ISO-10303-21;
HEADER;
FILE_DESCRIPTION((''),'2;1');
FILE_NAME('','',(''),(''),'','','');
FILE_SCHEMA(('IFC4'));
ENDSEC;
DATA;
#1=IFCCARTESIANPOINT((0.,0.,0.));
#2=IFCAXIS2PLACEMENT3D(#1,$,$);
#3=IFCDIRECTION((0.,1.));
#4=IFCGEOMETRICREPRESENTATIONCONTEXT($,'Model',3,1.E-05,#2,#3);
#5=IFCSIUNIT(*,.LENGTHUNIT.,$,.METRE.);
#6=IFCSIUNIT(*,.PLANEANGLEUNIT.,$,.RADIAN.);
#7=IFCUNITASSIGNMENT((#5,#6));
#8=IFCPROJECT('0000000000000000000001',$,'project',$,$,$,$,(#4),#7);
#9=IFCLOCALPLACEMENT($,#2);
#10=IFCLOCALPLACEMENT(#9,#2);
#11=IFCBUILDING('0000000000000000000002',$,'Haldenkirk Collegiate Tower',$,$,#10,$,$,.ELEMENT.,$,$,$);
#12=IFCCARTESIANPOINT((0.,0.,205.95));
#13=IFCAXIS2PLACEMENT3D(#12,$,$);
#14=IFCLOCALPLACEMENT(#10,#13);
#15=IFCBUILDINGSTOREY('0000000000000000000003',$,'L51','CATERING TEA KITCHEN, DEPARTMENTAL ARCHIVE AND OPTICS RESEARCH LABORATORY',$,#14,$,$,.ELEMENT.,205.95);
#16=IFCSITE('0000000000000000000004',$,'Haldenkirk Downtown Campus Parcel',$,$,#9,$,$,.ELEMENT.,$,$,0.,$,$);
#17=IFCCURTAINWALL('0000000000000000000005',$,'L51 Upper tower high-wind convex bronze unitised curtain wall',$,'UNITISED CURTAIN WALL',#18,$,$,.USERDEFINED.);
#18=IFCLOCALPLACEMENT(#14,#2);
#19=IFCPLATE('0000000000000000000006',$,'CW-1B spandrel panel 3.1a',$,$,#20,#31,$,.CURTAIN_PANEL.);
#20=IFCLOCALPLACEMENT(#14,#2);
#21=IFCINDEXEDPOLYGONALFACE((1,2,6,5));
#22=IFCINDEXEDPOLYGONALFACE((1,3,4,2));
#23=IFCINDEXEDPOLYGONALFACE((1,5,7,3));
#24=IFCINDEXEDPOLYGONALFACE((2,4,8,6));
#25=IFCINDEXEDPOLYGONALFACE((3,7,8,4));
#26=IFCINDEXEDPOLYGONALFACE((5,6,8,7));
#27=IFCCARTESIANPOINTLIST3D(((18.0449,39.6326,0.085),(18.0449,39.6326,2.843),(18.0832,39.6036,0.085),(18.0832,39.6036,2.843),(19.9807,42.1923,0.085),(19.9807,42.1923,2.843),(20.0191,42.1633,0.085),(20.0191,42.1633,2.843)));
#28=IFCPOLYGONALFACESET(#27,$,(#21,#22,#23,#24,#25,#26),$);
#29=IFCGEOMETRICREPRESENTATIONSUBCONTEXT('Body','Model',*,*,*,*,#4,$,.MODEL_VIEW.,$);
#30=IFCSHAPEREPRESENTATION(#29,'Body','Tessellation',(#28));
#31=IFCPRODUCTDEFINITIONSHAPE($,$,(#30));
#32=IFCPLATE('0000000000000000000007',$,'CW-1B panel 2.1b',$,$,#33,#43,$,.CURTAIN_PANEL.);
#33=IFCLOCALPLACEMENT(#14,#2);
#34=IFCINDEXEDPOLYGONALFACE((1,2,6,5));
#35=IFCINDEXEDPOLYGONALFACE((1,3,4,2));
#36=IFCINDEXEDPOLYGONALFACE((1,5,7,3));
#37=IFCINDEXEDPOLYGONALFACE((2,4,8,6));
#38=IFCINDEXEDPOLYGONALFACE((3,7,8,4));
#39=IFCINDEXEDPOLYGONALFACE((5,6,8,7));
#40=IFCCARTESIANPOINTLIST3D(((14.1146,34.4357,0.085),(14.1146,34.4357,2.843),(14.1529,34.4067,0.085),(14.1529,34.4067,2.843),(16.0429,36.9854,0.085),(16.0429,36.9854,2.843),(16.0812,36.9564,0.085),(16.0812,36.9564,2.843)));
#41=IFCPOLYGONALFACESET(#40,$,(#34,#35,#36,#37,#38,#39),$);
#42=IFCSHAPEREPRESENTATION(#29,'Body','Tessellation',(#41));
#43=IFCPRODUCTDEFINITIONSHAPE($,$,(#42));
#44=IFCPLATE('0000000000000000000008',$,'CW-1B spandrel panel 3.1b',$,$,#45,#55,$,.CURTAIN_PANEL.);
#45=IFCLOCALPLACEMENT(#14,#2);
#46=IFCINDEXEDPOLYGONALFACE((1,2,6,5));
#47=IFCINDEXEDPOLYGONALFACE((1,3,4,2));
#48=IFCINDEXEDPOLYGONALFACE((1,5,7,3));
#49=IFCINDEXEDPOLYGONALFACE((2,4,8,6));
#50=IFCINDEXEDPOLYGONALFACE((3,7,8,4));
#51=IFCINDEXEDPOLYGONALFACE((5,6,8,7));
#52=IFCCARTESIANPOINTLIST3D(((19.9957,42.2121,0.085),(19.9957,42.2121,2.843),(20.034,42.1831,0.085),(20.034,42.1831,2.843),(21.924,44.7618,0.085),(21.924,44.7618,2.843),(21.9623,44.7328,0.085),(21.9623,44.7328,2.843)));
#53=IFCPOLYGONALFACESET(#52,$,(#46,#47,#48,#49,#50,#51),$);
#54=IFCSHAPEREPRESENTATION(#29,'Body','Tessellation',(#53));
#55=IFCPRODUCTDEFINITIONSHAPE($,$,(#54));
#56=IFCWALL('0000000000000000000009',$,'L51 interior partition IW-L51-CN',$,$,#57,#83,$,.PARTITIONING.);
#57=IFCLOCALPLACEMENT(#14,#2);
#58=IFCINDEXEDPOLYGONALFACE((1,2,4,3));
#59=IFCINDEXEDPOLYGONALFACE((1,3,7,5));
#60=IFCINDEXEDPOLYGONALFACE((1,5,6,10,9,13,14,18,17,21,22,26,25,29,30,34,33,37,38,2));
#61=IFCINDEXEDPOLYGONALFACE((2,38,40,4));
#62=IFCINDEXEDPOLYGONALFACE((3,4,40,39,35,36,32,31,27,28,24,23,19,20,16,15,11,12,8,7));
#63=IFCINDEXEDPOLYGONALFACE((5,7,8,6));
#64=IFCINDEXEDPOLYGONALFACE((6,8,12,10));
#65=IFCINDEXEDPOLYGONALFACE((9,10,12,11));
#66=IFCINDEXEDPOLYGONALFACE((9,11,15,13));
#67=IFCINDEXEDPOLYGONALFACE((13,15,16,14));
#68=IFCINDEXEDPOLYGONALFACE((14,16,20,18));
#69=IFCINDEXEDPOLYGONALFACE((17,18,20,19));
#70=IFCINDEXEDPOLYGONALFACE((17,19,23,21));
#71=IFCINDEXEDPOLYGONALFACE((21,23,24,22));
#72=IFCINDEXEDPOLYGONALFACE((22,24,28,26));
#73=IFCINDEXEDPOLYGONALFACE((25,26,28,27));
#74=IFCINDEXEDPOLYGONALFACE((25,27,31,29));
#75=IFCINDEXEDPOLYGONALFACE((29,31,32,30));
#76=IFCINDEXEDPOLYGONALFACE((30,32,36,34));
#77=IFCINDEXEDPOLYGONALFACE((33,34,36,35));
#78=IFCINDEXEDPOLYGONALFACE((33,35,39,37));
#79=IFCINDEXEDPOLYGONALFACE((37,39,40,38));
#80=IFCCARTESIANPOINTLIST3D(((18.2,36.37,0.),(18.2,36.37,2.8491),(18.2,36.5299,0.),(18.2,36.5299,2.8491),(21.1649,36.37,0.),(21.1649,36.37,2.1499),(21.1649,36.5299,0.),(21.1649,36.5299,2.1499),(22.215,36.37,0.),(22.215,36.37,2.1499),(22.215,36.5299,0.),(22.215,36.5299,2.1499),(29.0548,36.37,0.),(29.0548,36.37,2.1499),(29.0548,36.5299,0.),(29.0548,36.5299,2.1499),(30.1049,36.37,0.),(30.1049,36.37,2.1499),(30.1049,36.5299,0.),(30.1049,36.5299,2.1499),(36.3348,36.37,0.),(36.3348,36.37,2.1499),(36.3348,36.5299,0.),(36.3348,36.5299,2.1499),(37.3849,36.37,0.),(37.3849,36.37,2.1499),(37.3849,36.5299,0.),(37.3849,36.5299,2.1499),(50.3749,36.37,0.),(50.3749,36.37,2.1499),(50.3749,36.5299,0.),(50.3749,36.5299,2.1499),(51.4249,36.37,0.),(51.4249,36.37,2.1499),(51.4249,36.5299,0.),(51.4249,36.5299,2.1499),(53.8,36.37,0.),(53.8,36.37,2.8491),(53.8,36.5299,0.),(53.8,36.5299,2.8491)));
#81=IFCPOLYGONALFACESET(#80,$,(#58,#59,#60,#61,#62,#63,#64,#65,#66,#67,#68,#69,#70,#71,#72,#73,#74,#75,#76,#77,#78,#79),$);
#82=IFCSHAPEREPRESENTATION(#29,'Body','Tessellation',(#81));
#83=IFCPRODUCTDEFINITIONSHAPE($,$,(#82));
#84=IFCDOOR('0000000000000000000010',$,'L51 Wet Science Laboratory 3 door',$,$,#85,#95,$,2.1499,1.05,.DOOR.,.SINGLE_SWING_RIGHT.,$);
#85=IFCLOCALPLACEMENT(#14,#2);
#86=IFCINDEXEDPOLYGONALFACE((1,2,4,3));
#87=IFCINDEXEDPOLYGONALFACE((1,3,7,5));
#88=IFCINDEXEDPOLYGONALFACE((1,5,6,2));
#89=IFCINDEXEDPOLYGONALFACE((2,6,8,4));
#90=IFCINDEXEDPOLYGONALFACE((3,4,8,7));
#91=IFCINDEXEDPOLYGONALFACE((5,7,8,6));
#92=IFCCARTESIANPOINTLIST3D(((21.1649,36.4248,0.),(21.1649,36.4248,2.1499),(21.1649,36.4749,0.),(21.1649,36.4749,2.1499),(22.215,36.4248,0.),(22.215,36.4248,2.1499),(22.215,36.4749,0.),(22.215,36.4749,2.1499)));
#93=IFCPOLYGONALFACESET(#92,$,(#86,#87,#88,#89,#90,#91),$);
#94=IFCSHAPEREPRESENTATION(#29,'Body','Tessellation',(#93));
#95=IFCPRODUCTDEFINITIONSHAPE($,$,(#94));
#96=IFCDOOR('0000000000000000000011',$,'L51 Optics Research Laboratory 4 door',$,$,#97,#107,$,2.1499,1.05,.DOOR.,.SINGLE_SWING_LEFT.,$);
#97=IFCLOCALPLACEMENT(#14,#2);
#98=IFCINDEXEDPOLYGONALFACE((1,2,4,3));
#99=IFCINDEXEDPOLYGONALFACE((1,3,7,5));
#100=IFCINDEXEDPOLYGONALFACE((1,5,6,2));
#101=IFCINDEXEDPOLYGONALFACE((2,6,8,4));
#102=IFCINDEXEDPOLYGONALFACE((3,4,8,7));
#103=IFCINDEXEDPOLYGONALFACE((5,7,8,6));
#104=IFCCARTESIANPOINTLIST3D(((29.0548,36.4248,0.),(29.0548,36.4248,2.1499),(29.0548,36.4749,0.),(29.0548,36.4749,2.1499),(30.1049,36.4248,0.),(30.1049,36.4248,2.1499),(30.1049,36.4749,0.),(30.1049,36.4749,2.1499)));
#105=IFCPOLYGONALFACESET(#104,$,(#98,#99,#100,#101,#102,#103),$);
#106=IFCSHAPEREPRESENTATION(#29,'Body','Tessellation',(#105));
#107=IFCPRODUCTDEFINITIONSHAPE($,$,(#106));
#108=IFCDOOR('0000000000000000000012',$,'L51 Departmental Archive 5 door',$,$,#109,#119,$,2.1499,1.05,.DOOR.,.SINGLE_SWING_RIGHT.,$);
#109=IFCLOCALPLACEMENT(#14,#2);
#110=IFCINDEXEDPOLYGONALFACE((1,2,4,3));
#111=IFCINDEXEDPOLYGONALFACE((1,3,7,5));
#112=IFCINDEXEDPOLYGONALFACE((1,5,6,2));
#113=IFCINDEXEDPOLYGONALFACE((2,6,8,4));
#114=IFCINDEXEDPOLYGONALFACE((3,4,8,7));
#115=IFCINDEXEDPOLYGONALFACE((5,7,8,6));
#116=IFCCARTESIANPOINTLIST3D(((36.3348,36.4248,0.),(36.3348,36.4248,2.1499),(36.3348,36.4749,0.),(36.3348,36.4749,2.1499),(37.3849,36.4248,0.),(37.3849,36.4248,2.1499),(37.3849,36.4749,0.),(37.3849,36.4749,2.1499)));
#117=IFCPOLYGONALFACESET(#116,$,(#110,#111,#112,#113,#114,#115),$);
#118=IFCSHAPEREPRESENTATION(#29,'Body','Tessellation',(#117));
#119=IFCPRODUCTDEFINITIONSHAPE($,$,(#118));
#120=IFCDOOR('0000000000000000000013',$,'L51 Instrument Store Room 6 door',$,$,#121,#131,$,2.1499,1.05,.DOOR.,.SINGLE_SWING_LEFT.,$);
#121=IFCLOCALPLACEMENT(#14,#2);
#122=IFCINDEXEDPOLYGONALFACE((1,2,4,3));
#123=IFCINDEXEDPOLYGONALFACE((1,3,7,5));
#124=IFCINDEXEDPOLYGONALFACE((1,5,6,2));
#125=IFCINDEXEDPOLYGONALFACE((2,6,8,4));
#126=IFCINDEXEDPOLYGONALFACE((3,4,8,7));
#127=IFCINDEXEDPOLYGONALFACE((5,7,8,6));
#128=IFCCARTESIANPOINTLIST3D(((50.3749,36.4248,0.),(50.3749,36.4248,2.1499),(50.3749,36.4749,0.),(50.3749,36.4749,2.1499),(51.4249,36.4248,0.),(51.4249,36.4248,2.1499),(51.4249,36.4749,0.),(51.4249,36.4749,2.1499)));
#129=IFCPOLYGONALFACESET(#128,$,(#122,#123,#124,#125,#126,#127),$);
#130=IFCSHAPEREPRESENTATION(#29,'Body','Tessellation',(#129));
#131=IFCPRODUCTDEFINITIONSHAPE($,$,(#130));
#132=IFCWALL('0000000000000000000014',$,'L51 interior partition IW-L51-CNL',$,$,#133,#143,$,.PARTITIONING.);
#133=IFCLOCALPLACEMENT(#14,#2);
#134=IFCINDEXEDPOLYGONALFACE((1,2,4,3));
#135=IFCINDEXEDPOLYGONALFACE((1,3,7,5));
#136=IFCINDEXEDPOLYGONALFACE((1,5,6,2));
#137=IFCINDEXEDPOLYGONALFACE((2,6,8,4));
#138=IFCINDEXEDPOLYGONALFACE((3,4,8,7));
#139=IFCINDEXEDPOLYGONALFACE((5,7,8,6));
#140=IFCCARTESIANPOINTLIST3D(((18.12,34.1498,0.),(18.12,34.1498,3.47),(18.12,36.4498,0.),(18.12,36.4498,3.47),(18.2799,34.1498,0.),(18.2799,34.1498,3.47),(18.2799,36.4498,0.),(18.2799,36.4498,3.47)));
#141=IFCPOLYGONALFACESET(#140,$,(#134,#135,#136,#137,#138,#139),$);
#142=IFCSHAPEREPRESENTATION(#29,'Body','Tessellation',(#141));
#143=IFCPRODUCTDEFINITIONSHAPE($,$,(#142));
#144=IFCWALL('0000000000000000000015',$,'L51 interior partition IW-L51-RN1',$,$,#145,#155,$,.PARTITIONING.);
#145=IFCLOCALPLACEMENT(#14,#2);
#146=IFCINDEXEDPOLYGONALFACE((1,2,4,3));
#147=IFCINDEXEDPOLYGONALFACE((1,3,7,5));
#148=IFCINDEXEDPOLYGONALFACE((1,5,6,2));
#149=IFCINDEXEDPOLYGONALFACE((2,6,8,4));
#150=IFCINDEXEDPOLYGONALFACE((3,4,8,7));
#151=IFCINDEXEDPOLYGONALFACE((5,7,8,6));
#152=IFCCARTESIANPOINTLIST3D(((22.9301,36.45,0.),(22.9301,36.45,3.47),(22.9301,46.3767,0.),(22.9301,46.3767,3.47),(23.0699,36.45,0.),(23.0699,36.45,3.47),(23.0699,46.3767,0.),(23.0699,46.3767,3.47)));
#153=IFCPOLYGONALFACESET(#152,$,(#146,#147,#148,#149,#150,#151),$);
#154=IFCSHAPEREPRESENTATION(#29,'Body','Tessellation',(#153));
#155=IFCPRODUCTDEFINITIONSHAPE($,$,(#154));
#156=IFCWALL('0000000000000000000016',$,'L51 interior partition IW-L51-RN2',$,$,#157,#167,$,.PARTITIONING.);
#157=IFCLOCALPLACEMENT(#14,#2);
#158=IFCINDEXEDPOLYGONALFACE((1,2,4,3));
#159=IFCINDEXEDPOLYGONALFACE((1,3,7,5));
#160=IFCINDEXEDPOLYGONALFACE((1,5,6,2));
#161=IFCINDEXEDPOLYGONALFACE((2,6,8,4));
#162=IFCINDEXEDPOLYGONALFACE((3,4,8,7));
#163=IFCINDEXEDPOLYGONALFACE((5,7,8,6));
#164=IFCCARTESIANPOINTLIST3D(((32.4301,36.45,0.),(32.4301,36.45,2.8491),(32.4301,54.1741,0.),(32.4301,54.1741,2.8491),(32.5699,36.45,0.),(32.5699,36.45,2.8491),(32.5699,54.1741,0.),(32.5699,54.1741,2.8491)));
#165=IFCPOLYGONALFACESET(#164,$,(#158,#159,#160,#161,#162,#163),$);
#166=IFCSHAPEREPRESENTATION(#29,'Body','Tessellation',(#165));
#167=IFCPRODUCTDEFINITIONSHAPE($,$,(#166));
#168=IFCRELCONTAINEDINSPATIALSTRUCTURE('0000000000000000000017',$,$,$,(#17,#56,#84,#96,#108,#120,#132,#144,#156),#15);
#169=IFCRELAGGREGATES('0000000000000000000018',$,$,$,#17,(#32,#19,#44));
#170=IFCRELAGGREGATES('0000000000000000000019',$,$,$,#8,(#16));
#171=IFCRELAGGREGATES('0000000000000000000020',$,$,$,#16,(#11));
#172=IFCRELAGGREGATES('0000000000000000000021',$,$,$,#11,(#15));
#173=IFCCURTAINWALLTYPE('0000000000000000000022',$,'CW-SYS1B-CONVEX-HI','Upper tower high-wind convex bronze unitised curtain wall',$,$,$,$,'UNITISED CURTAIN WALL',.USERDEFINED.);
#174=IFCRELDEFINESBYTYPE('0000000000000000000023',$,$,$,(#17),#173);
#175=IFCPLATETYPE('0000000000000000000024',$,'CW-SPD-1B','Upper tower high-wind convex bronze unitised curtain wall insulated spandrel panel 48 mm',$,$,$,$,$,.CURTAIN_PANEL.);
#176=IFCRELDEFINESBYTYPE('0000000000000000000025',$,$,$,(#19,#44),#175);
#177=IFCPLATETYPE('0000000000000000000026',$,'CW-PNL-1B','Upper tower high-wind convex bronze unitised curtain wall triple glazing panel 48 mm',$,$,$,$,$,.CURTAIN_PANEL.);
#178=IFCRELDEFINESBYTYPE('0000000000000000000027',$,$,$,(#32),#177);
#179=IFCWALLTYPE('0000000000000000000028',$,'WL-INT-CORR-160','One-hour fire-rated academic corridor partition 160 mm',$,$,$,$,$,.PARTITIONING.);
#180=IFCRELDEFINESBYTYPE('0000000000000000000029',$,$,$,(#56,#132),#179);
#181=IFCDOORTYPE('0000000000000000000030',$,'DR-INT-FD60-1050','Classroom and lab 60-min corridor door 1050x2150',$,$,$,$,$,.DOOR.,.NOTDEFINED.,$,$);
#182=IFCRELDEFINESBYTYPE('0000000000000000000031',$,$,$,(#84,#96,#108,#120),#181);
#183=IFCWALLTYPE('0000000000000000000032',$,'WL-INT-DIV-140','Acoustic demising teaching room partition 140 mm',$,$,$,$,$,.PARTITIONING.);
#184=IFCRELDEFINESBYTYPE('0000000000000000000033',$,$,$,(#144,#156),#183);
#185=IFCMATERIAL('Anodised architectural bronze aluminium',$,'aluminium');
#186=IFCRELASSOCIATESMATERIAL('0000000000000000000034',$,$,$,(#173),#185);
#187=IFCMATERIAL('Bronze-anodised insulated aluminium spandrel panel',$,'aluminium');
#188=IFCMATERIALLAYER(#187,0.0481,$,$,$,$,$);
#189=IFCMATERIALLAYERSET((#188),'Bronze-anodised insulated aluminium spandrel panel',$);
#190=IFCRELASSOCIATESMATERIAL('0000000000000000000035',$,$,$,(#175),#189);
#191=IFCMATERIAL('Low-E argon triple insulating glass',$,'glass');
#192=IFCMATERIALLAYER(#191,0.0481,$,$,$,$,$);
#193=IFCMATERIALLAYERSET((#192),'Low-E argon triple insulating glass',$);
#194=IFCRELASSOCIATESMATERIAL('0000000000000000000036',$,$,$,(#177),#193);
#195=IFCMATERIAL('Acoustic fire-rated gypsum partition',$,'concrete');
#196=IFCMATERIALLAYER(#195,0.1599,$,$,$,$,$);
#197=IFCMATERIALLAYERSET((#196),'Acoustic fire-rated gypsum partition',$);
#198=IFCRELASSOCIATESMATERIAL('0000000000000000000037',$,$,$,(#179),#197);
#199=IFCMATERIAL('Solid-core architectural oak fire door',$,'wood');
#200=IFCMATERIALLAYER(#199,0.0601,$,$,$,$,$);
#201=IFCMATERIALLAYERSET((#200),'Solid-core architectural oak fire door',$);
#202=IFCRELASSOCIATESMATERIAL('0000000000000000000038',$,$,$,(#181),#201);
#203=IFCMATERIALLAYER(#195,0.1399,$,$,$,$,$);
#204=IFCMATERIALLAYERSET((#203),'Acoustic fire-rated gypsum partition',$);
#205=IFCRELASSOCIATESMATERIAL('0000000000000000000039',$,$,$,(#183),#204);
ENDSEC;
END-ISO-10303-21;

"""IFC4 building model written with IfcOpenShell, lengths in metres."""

from ifc_helpers import new_model, si_unit, direction, frame, frame_2d, origin, origin_2d, place, context, subcontext, project, spatial, rectangle, extrude, source, transform, mapped, material, layer, layer_set, type_object, element, fill, aggregate, save


model = new_model("IFC4")

# Units and contexts
model_context = context("Model", 3, precision=1e-05, world=origin(), true_north=direction((0.0, 1.0)))
body_context = subcontext(model_context, "Body", "Model", "MODEL_VIEW")
ifc_project = project(units=[si_unit("LENGTHUNIT", "METRE"), si_unit("PLANEANGLEUNIT", "RADIAN")], contexts=[model_context])

# Site, building, storey
site_placement = place(None, origin())
site = spatial("IfcSite", under=ifc_project, at=site_placement, Name="Haldenkirk Downtown Campus Parcel", CompositionType="ELEMENT", RefElevation=0.0)
building_placement = place(site_placement, origin())
building = spatial("IfcBuilding", under=site, at=building_placement, Name="Haldenkirk Collegiate Tower", CompositionType="ELEMENT")
storey_placement = place(building_placement, frame((0.0, 0.0, 205.95)))
storey = spatial("IfcBuildingStorey", under=building, at=storey_placement, Name="L51", Description="CATERING TEA KITCHEN, DEPARTMENTAL ARCHIVE AND OPTICS RESEARCH LABORATORY", CompositionType="ELEMENT", Elevation=205.95)

# Curtain wall
ifc_material_1 = material(Name="Anodised architectural bronze aluminium", Category="aluminium")
curtain_wall_type = type_object("IfcCurtainWallType", Name="CW-SYS1B-CONVEX-HI", Description="Upper tower high-wind convex bronze unitised curtain wall", ElementType="UNITISED CURTAIN WALL", PredefinedType="USERDEFINED", material=ifc_material_1)
curtain_wall_placement = place(storey_placement, origin())
curtain_wall = element("IfcCurtainWall", 1, at=curtain_wall_placement, inside=storey, type_object=curtain_wall_type, Name="L51 Upper tower high-wind convex bronze unitised curtain wall", ObjectType="UNITISED CURTAIN WALL", PredefinedType="USERDEFINED")

# Plates
ifc_material_2 = material(Name="Bronze-anodised insulated aluminium spandrel panel", Category="aluminium")
ifc_layer_1 = layer(ifc_material_2, 0.0481)
ifc_layer_set_1 = layer_set([ifc_layer_1], Name="Bronze-anodised insulated aluminium spandrel panel")
plate_type_1 = type_object("IfcPlateType", Name="CW-SPD-1B", Description="Upper tower high-wind convex bronze unitised curtain wall insulated spandrel panel 48 mm", PredefinedType="CURTAIN_PANEL", material=ifc_layer_set_1)
shared_shape_1 = source(origin(), body_context, "Body", "SweptSolid", [
    extrude(rectangle(XDim=3.2092, YDim=0.0481, at=origin_2d()), origin(), (0.0, 0.0, 1.0), 2.7581),
])
plate_1_placement = place(storey_placement, frame((19.032, 40.8979, 0.085), z_axis=(0.0, 0.0, 1.0), x_axis=(0.603207, 0.797584, 0.0)))
plate_1 = element("IfcPlate", 2, at=plate_1_placement, type_object=plate_type_1, Name="CW-1B spandrel panel 3.1a", PredefinedType="CURTAIN_PANEL", context=body_context, shape_type="MappedRepresentation", body=[
    mapped(shared_shape_1, transform((0.0, 0.0, 0.0), x_axis=(1.0, 0.0, 0.0), y_axis=(0.0, 1.0, 0.0), z_axis=(0.0, 0.0, 1.0), scale=1.0)),
])
ifc_material_3 = material(Name="Low-E argon triple insulating glass", Category="glass")
ifc_layer_2 = layer(ifc_material_3, 0.0481)
ifc_layer_set_2 = layer_set([ifc_layer_2], Name="Low-E argon triple insulating glass")
plate_type_2 = type_object("IfcPlateType", Name="CW-PNL-1B", Description="Upper tower high-wind convex bronze unitised curtain wall triple glazing panel 48 mm", PredefinedType="CURTAIN_PANEL", material=ifc_layer_set_2)
shared_shape_2 = source(origin(), body_context, "Body", "SweptSolid", [
    extrude(rectangle(XDim=3.1968, YDim=0.0481, at=origin_2d()), origin(), (0.0, 0.0, 1.0), 2.7581),
])
plate_2_placement = place(storey_placement, frame((15.0979, 35.696, 0.085), z_axis=(0.0, 0.0, 1.0), x_axis=(0.603207, 0.797584, 0.0)))
plate_2 = element("IfcPlate", 3, at=plate_2_placement, type_object=plate_type_2, Name="CW-1B panel 2.1b", PredefinedType="CURTAIN_PANEL", context=body_context, shape_type="MappedRepresentation", body=[
    mapped(shared_shape_2, transform((0.0, 0.0, 0.0), x_axis=(1.0, 0.0, 0.0), y_axis=(0.0, 1.0, 0.0), z_axis=(0.0, 0.0, 1.0), scale=1.0)),
])
plate_3_placement = place(storey_placement, frame((20.979, 43.4724, 0.085), z_axis=(0.0, 0.0, 1.0), x_axis=(0.603207, 0.797584, 0.0)))
plate_3 = element("IfcPlate", 4, at=plate_3_placement, type_object=plate_type_1, Name="CW-1B spandrel panel 3.1b", PredefinedType="CURTAIN_PANEL", context=body_context, shape_type="MappedRepresentation", body=[
    mapped(shared_shape_2, transform((0.0, 0.0, 0.0), x_axis=(1.0, 0.0, 0.0), y_axis=(0.0, 1.0, 0.0), z_axis=(0.0, 0.0, 1.0), scale=1.0)),
])
aggregate(curtain_wall, [plate_2, plate_1, plate_3])

# Wall, openings, doors
ifc_material_4 = material(Name="Acoustic fire-rated gypsum partition", Category="concrete")
ifc_layer_3 = layer(ifc_material_4, 0.1599)
ifc_layer_set_3 = layer_set([ifc_layer_3], Name="Acoustic fire-rated gypsum partition")
wall_type_1 = type_object("IfcWallType", Name="WL-INT-CORR-160", Description="One-hour fire-rated academic corridor partition 160 mm", PredefinedType="PARTITIONING", material=ifc_layer_set_3)
wall_1_placement = place(storey_placement, frame((18.2, 36.45, 0.0), z_axis=(0.0, 0.0, 1.0), x_axis=(1.0, 0.0, 0.0)))
wall_1 = element("IfcWall", 5, at=wall_1_placement, inside=storey, type_object=wall_type_1, Name="L51 interior partition IW-L51-CN", PredefinedType="PARTITIONING", context=body_context, shape_type="SweptSolid", body=[
    extrude(rectangle(XDim=35.6001, YDim=0.1599, at=frame_2d((17.8, 0.0))), origin(), (0.0, 0.0, 1.0), 2.8491),
])
opening_1_placement = place(wall_1_placement, frame((2.9651, 0.0, 0.0)))
opening_1 = element("IfcOpeningElement", 6, at=opening_1_placement, cuts=wall_1, PredefinedType="OPENING", context=body_context, shape_type="SweptSolid", body=[
    extrude(rectangle(XDim=1.05, YDim=2.1499, at=frame_2d((0.5249, 1.075))), frame((0.0, 0.0898, 0.0), z_axis=(0.0, -1.0, 0.0), x_axis=(1.0, 0.0, 0.0)), (0.0, 0.0, 1.0), 0.1799),
])
opening_2_placement = place(wall_1_placement, frame((10.855, 0.0, 0.0)))
opening_2 = element("IfcOpeningElement", 7, at=opening_2_placement, cuts=wall_1, PredefinedType="OPENING", context=body_context, shape_type="SweptSolid", body=[
    extrude(rectangle(XDim=1.05, YDim=2.1499, at=frame_2d((0.5249, 1.075))), frame((0.0, 0.0898, 0.0), z_axis=(0.0, -1.0, 0.0), x_axis=(1.0, 0.0, 0.0)), (0.0, 0.0, 1.0), 0.1799),
])
opening_3_placement = place(wall_1_placement, frame((18.135, 0.0, 0.0)))
opening_3 = element("IfcOpeningElement", 8, at=opening_3_placement, cuts=wall_1, PredefinedType="OPENING", context=body_context, shape_type="SweptSolid", body=[
    extrude(rectangle(XDim=1.05, YDim=2.1499, at=frame_2d((0.5249, 1.075))), frame((0.0, 0.0898, 0.0), z_axis=(0.0, -1.0, 0.0), x_axis=(1.0, 0.0, 0.0)), (0.0, 0.0, 1.0), 0.1799),
])
opening_4_placement = place(wall_1_placement, frame((32.175, 0.0, 0.0)))
opening_4 = element("IfcOpeningElement", 9, at=opening_4_placement, cuts=wall_1, PredefinedType="OPENING", context=body_context, shape_type="SweptSolid", body=[
    extrude(rectangle(XDim=1.05, YDim=2.1499, at=frame_2d((0.5249, 1.075))), frame((0.0, 0.0898, 0.0), z_axis=(0.0, -1.0, 0.0), x_axis=(1.0, 0.0, 0.0)), (0.0, 0.0, 1.0), 0.1799),
])
ifc_material_5 = material(Name="Solid-core architectural oak fire door", Category="wood")
ifc_layer_4 = layer(ifc_material_5, 0.0601)
ifc_layer_set_4 = layer_set([ifc_layer_4], Name="Solid-core architectural oak fire door")
door_type = type_object("IfcDoorType", Name="DR-INT-FD60-1050", Description="Classroom and lab 60-min corridor door 1050x2150", OperationType="NOTDEFINED", PredefinedType="DOOR", material=ifc_layer_set_4)
door_1_placement = place(opening_1_placement, origin())
door_1 = element("IfcDoor", 10, at=door_1_placement, inside=storey, type_object=door_type, Name="L51 Wet Science Laboratory 3 door", OperationType="SINGLE_SWING_RIGHT", OverallHeight=2.1499, OverallWidth=1.05, PredefinedType="DOOR", context=body_context, shape_type="SweptSolid", body=[
    extrude(rectangle(XDim=1.05, YDim=2.1499, at=frame_2d((0.5249, 1.075))), frame((0.0, 0.0249, 0.0), z_axis=(0.0, -1.0, 0.0), x_axis=(1.0, 0.0, 0.0)), (0.0, 0.0, 1.0), 0.05),
])
fill(opening_1, door_1)
door_2_placement = place(opening_2_placement, origin())
door_2 = element("IfcDoor", 11, at=door_2_placement, inside=storey, type_object=door_type, Name="L51 Optics Research Laboratory 4 door", OperationType="SINGLE_SWING_LEFT", OverallHeight=2.1499, OverallWidth=1.05, PredefinedType="DOOR", context=body_context, shape_type="SweptSolid", body=[
    extrude(rectangle(XDim=1.05, YDim=2.1499, at=frame_2d((0.5249, 1.075))), frame((0.0, 0.0249, 0.0), z_axis=(0.0, -1.0, 0.0), x_axis=(1.0, 0.0, 0.0)), (0.0, 0.0, 1.0), 0.05),
])
fill(opening_2, door_2)
door_3_placement = place(opening_3_placement, origin())
door_3 = element("IfcDoor", 12, at=door_3_placement, inside=storey, type_object=door_type, Name="L51 Departmental Archive 5 door", OperationType="SINGLE_SWING_RIGHT", OverallHeight=2.1499, OverallWidth=1.05, PredefinedType="DOOR", context=body_context, shape_type="SweptSolid", body=[
    extrude(rectangle(XDim=1.05, YDim=2.1499, at=frame_2d((0.5249, 1.075))), frame((0.0, 0.0249, 0.0), z_axis=(0.0, -1.0, 0.0), x_axis=(1.0, 0.0, 0.0)), (0.0, 0.0, 1.0), 0.05),
])
fill(opening_3, door_3)
door_4_placement = place(opening_4_placement, origin())
door_4 = element("IfcDoor", 13, at=door_4_placement, inside=storey, type_object=door_type, Name="L51 Instrument Store Room 6 door", OperationType="SINGLE_SWING_LEFT", OverallHeight=2.1499, OverallWidth=1.05, PredefinedType="DOOR", context=body_context, shape_type="SweptSolid", body=[
    extrude(rectangle(XDim=1.05, YDim=2.1499, at=frame_2d((0.5249, 1.075))), frame((0.0, 0.0249, 0.0), z_axis=(0.0, -1.0, 0.0), x_axis=(1.0, 0.0, 0.0)), (0.0, 0.0, 1.0), 0.05),
])
fill(opening_4, door_4)

# Walls
wall_2_placement = place(storey_placement, frame((18.2, 34.1499, 0.0), z_axis=(0.0, 0.0, 1.0), x_axis=(0.0, 1.0, 0.0)))
element("IfcWall", 14, at=wall_2_placement, inside=storey, type_object=wall_type_1, Name="L51 interior partition IW-L51-CNL", PredefinedType="PARTITIONING", context=body_context, shape_type="SweptSolid", body=[
    extrude(rectangle(XDim=2.3, YDim=0.1599, at=frame_2d((1.1499, 0.0))), origin(), (0.0, 0.0, 1.0), 3.47),
])
ifc_layer_5 = layer(ifc_material_4, 0.1399)
ifc_layer_set_5 = layer_set([ifc_layer_5], Name="Acoustic fire-rated gypsum partition")
wall_type_2 = type_object("IfcWallType", Name="WL-INT-DIV-140", Description="Acoustic demising teaching room partition 140 mm", PredefinedType="PARTITIONING", material=ifc_layer_set_5)
wall_3_placement = place(storey_placement, frame((23.0, 36.45, 0.0), z_axis=(0.0, 0.0, 1.0), x_axis=(0.0, 1.0, 0.0)))
element("IfcWall", 15, at=wall_3_placement, inside=storey, type_object=wall_type_2, Name="L51 interior partition IW-L51-RN1", PredefinedType="PARTITIONING", context=body_context, shape_type="SweptSolid", body=[
    extrude(rectangle(XDim=9.9268, YDim=0.1399, at=frame_2d((4.9634, 0.0))), origin(), (0.0, 0.0, 1.0), 3.47),
])
wall_4_placement = place(storey_placement, frame((32.5, 36.45, 0.0), z_axis=(0.0, 0.0, 1.0), x_axis=(0.0, 1.0, 0.0)))
element("IfcWall", 16, at=wall_4_placement, inside=storey, type_object=wall_type_2, Name="L51 interior partition IW-L51-RN2", PredefinedType="PARTITIONING", context=body_context, shape_type="SweptSolid", body=[
    extrude(rectangle(XDim=17.7241, YDim=0.1399, at=frame_2d((8.8621, 0.0))), origin(), (0.0, 0.0, 1.0), 2.8491),
])

save(model, "model.ifc")
